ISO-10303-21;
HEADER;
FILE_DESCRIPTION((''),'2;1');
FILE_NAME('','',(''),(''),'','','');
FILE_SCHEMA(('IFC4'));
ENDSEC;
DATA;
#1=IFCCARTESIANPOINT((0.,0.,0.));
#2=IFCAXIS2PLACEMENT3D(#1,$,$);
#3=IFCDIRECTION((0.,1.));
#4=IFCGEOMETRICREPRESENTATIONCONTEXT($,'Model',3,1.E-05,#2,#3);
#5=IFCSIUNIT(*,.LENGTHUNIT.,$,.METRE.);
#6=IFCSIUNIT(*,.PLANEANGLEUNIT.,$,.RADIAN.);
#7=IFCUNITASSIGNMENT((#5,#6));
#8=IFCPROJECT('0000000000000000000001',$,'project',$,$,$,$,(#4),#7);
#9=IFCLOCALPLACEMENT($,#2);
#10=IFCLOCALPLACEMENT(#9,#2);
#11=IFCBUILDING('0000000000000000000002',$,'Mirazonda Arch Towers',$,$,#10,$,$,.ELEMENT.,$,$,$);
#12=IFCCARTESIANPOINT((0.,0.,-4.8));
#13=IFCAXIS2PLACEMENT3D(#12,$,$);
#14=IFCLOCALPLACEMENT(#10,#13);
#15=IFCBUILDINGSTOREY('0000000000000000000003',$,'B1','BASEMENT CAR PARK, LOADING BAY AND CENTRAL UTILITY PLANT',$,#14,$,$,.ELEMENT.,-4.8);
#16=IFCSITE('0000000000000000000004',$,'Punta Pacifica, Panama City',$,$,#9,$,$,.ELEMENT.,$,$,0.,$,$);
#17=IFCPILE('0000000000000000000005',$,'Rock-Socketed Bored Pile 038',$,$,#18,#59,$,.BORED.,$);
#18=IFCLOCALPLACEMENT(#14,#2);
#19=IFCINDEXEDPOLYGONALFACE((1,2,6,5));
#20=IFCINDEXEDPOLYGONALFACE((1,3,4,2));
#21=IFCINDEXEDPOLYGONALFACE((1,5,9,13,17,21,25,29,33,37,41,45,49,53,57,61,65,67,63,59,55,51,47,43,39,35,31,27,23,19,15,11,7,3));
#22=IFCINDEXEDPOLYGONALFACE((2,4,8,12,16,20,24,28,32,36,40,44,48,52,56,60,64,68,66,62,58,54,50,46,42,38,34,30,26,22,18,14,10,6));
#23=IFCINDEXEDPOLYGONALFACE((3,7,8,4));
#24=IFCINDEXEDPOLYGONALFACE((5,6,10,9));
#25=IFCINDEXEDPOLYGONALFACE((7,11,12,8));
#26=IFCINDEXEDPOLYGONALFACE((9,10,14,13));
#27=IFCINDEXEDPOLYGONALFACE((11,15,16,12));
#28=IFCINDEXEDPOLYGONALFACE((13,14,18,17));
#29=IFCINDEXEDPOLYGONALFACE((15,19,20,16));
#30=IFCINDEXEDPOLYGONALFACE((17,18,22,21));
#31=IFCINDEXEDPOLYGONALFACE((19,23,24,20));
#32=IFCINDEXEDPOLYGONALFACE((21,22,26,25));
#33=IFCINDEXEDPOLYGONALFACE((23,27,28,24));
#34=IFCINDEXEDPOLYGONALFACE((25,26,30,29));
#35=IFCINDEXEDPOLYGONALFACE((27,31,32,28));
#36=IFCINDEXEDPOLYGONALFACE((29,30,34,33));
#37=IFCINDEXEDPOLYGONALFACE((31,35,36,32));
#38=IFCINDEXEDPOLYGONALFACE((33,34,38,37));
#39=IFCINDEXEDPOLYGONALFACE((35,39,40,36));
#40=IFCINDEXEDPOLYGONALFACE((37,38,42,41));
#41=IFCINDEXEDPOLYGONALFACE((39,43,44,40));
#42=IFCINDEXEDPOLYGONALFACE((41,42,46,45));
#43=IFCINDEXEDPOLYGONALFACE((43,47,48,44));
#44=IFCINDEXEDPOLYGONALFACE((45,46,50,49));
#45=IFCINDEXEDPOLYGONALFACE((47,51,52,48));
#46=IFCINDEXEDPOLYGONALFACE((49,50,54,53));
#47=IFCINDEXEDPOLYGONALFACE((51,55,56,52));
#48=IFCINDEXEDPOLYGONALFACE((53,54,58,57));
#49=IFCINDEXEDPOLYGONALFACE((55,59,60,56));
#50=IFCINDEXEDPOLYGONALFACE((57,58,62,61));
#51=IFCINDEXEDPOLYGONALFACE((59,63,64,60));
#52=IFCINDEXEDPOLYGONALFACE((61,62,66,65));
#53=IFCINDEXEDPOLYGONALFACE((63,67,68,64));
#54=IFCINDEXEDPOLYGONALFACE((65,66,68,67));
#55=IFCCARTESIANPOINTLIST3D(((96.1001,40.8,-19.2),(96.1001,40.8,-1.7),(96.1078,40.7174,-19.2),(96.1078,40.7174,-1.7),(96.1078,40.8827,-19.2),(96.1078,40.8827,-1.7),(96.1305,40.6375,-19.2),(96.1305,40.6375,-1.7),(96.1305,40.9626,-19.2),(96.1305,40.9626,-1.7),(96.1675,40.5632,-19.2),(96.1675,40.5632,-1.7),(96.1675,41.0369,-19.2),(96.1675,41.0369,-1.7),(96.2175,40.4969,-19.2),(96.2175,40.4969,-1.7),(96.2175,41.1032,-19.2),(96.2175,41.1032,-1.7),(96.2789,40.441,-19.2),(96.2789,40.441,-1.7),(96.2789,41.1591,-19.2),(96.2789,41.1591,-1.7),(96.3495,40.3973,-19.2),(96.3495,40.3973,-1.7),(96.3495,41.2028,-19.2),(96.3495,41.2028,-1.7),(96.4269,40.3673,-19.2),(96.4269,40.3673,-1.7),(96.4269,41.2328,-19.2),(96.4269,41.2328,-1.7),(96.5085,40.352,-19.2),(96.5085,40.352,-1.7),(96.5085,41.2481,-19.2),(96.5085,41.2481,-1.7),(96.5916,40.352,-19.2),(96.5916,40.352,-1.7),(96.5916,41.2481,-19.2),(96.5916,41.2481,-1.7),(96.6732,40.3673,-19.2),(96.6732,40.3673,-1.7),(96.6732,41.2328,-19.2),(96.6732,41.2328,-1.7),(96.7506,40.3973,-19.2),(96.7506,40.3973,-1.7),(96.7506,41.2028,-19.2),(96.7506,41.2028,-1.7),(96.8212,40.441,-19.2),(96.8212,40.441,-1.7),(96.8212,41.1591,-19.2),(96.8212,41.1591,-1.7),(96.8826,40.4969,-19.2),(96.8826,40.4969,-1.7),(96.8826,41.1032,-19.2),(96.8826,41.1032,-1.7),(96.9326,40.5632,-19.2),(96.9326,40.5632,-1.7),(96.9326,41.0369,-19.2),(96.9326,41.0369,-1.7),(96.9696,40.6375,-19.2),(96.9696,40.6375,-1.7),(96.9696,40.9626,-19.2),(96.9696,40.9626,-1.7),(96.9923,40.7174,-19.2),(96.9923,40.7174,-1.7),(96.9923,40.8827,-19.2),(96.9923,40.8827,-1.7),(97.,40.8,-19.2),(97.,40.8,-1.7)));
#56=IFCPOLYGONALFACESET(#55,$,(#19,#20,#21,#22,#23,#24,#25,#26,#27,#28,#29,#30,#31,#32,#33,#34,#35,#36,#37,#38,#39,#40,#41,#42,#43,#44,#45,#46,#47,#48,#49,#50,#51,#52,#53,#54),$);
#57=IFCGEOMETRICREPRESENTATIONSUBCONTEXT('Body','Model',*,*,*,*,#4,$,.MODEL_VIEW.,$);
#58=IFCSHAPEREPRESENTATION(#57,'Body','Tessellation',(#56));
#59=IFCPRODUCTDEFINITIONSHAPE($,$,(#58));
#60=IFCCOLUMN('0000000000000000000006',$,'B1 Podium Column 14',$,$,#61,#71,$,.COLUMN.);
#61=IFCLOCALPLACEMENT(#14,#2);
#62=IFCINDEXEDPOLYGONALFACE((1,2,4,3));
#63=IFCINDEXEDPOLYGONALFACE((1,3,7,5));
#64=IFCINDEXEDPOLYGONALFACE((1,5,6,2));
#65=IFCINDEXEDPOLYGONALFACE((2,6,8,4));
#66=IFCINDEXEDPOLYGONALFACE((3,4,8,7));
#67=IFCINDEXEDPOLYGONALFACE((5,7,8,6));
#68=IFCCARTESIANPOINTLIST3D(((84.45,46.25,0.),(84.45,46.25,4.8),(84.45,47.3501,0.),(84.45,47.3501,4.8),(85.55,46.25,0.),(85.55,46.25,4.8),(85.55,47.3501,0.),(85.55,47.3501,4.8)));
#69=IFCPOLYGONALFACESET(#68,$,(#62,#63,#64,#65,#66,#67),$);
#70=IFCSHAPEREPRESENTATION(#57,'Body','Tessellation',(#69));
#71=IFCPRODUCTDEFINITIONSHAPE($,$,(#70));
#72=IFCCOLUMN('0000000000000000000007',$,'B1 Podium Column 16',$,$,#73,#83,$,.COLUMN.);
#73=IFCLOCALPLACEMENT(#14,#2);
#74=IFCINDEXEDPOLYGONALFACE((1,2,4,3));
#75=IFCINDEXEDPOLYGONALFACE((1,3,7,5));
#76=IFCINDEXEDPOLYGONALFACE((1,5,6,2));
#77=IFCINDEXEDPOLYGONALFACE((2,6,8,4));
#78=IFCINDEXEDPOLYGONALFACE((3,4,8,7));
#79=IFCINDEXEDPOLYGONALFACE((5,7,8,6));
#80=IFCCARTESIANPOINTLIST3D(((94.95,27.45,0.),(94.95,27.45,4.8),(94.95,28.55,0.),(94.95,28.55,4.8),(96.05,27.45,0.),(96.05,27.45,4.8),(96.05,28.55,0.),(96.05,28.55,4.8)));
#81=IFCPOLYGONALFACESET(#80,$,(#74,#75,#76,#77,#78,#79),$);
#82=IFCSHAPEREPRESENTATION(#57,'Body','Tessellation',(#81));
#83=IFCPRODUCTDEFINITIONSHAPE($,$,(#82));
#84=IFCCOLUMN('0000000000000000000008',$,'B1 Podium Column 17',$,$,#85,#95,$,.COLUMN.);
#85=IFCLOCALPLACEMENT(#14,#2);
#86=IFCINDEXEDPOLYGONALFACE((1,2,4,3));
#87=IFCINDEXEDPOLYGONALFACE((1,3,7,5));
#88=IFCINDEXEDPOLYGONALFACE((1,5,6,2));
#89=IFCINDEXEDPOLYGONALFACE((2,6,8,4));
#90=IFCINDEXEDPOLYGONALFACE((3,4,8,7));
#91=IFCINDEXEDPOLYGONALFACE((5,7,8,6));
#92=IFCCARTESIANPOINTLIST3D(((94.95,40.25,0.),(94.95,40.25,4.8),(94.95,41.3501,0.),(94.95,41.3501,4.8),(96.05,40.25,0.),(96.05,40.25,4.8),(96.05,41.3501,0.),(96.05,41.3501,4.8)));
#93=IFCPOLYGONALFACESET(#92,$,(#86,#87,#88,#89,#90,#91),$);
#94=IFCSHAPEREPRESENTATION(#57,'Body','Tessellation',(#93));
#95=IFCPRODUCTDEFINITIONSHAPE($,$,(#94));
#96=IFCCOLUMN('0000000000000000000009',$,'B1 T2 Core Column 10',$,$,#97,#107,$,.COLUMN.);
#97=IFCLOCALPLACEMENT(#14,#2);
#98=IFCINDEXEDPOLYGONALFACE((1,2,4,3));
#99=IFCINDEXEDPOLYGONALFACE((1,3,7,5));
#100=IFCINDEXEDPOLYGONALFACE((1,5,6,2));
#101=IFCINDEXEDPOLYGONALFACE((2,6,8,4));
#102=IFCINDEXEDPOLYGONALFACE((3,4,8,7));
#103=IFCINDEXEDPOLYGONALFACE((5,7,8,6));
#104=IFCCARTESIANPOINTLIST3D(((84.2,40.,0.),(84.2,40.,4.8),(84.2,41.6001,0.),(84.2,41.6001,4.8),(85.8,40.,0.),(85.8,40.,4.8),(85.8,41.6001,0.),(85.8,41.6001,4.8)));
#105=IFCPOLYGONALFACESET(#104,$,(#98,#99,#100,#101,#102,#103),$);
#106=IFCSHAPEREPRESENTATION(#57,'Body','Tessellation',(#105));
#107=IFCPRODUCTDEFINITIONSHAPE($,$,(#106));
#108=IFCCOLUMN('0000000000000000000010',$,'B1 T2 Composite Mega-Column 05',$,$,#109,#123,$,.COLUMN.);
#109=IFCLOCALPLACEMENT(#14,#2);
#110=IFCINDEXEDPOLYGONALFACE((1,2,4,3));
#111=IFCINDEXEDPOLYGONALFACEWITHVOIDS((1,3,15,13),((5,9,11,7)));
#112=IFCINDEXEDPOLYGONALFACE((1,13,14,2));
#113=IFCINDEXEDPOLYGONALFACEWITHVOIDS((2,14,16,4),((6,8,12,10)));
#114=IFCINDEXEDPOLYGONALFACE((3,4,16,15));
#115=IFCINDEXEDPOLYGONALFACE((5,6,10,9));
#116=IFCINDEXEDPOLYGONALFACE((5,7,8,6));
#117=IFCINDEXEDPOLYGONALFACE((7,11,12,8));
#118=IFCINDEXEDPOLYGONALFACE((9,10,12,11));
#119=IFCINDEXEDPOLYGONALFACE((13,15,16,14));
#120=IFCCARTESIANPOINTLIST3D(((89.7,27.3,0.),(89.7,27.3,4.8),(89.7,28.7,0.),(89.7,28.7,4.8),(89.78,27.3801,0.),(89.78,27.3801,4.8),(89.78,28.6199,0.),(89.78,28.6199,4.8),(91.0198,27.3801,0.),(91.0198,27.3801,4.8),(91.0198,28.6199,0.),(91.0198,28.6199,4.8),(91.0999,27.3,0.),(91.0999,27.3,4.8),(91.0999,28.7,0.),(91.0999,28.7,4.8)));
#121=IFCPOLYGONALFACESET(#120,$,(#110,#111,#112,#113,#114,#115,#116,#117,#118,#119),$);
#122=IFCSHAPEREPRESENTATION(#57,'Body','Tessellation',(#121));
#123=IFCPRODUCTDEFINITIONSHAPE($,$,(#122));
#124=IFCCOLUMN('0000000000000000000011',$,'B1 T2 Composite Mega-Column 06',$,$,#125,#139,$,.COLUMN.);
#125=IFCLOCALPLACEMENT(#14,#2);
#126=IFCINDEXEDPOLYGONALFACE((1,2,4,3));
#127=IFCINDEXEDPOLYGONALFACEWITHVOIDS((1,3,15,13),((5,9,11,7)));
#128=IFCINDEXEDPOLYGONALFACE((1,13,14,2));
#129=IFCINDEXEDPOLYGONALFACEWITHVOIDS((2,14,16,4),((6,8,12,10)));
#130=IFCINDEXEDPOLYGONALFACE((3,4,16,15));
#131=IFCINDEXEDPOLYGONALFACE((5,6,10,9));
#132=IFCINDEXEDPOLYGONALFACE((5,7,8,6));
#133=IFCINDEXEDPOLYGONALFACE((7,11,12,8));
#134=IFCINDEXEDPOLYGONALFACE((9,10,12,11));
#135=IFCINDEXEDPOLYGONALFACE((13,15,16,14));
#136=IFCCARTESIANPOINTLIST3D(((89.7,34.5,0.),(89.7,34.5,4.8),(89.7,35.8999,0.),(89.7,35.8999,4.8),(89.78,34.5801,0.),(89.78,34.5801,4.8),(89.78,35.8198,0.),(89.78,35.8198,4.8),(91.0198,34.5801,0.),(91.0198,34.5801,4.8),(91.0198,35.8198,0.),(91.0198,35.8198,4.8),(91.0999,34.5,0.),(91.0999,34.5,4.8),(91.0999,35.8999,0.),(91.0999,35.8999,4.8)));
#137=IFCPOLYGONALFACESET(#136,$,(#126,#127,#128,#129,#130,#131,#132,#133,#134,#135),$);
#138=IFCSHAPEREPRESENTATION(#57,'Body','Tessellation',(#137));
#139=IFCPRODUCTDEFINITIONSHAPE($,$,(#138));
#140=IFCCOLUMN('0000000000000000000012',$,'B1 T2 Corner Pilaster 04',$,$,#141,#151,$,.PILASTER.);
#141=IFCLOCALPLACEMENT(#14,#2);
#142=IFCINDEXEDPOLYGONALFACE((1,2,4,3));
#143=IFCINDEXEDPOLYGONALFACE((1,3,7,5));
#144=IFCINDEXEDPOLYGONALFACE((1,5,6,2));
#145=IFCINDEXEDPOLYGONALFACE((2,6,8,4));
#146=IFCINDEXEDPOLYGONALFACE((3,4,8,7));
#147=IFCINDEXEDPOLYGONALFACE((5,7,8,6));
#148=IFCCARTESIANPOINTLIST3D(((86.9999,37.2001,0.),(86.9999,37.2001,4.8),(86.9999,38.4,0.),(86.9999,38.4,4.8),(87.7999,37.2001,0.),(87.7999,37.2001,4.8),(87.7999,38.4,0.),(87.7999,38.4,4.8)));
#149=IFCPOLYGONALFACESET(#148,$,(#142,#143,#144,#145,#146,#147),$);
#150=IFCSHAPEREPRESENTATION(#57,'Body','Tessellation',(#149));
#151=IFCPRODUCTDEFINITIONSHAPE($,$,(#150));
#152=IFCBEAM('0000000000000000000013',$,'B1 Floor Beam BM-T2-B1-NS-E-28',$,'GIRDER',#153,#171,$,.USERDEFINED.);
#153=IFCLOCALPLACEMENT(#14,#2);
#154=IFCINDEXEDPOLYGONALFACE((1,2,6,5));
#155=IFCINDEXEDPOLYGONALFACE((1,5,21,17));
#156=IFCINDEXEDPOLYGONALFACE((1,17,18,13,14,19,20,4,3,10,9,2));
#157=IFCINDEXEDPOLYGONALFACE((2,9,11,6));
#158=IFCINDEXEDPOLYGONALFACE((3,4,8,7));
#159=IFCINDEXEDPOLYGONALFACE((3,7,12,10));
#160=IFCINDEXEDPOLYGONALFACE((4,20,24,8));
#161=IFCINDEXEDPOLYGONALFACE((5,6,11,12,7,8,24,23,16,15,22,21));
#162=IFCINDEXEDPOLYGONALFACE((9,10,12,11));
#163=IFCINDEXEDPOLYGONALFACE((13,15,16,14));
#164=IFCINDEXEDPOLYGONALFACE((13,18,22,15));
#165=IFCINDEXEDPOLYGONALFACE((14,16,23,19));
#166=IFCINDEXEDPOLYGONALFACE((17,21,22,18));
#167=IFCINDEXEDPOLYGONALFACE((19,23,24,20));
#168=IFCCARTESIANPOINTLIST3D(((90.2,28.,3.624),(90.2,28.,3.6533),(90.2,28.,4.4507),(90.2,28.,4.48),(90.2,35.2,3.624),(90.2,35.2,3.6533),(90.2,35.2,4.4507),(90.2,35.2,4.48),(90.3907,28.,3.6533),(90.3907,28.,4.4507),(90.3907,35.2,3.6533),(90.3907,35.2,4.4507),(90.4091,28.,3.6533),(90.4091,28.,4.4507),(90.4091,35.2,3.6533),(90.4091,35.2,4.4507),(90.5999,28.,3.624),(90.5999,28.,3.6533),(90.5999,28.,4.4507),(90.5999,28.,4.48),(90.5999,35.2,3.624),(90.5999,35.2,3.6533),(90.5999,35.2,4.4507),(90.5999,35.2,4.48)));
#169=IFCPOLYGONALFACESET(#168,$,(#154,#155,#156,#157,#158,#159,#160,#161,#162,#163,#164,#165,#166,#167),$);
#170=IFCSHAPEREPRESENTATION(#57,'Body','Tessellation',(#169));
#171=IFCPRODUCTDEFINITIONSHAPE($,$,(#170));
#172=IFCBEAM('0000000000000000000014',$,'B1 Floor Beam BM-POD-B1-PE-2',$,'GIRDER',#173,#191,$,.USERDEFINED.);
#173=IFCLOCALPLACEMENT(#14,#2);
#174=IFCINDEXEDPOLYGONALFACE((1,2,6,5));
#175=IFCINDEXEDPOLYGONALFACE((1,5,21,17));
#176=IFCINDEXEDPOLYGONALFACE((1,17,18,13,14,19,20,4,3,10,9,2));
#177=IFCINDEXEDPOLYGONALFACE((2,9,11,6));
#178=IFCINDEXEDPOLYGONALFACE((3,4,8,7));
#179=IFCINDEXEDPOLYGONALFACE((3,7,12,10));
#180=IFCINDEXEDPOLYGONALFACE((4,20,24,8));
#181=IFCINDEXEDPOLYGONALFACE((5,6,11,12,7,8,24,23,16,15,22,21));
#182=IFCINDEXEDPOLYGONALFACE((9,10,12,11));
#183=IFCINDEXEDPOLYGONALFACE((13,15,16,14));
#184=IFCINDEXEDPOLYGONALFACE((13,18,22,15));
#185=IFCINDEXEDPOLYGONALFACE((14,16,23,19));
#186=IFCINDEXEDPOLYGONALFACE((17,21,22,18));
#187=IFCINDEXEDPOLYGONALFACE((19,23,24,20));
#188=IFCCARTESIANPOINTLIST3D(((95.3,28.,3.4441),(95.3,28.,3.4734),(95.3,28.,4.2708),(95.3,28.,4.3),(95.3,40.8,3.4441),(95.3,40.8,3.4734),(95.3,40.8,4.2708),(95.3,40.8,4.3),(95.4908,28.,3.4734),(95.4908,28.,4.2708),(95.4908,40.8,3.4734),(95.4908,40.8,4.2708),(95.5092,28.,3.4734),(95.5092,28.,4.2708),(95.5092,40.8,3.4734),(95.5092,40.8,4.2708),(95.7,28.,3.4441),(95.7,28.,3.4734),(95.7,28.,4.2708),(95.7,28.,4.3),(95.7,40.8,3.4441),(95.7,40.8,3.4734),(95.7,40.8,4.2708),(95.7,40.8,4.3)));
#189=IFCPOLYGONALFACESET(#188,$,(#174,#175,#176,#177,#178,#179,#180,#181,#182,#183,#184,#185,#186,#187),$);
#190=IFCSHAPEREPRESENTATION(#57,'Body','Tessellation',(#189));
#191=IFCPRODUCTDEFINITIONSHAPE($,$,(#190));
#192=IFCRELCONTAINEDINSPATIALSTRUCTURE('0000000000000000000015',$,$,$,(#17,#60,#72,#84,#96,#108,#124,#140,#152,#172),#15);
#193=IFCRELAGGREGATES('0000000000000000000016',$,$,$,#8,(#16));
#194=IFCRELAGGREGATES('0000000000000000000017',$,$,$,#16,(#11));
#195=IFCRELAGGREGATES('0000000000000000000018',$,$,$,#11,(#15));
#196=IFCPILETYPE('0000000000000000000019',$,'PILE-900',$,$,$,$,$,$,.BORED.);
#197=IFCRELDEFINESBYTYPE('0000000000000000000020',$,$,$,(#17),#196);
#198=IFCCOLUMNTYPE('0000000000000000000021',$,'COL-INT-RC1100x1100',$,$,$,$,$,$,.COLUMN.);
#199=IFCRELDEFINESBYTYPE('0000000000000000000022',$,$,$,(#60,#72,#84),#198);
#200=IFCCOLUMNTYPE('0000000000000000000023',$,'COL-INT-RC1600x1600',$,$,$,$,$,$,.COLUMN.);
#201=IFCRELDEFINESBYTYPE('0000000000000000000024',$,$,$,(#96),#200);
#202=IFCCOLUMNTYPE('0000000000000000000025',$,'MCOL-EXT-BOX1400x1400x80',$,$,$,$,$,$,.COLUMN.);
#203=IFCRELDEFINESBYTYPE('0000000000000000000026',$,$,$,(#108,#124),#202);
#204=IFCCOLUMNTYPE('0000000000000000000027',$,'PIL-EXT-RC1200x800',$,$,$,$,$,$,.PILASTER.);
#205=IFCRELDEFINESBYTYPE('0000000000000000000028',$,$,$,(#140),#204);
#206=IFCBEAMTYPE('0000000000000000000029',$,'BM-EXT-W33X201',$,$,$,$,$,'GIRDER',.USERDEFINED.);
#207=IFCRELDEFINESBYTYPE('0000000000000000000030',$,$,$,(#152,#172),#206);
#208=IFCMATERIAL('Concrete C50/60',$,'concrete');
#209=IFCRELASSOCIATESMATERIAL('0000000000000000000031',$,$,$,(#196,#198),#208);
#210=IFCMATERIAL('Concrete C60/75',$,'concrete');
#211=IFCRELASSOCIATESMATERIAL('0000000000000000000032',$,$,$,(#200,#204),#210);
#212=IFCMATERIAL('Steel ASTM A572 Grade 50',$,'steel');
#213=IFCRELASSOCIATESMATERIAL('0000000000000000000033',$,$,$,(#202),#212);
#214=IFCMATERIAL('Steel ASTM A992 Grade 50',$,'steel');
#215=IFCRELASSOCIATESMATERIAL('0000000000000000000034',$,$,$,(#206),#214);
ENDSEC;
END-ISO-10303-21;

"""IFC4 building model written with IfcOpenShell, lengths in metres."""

from ifc_helpers import new_model, si_unit, direction, frame, origin, origin_2d, place, context, subcontext, project, spatial, rectangle, hollow_rectangle, circle, i_section, extrude, material, material_profile, profile_set, type_object, element, save


model = new_model("IFC4")

# Units and contexts
model_context = context("Model", 3, precision=1e-05, world=origin(), true_north=direction((0.0, 1.0)))
body_context = subcontext(model_context, "Body", "Model", "MODEL_VIEW")
ifc_project = project(units=[si_unit("LENGTHUNIT", "METRE"), si_unit("PLANEANGLEUNIT", "RADIAN")], contexts=[model_context])

# Site, building, storey
site_placement = place(None, origin())
site = spatial("IfcSite", under=ifc_project, at=site_placement, Name="Punta Pacifica, Panama City", CompositionType="ELEMENT", RefElevation=0.0)
building_placement = place(site_placement, origin())
building = spatial("IfcBuilding", under=site, at=building_placement, Name="Mirazonda Arch Towers", CompositionType="ELEMENT")
storey_placement = place(building_placement, frame((0.0, 0.0, -4.8)))
storey = spatial("IfcBuildingStorey", under=building, at=storey_placement, Name="B1", Description="BASEMENT CAR PARK, LOADING BAY AND CENTRAL UTILITY PLANT", CompositionType="ELEMENT", Elevation=-4.8)

# Pile
ifc_material_1 = material(Name="Concrete C50/60", Category="concrete")
ifc_material_profile_1 = material_profile(ifc_material_1, circle(Radius=0.45, at=origin_2d()), Name="BORED-D900")
ifc_profile_set_1 = profile_set([ifc_material_profile_1], Name="Concrete C50/60")
pile_type_1 = type_object("IfcPileType", Name="PILE-900", PredefinedType="BORED", material=ifc_profile_set_1)
for number, where, z_axis, x_axis, name in (
    (1, (96.55, 40.8, -1.7), (0.0, 0.0, -1.0), (1.0, 0.0, 0.0), "Rock-Socketed Bored Pile 038"),
):
    element("IfcPile", number, at=place(storey_placement, frame(where, z_axis=z_axis, x_axis=x_axis)), inside=storey, type_object=pile_type_1, Name=name, PredefinedType="BORED", context=body_context, shape_type="SweptSolid", body=[
        extrude(circle(Radius=0.45, at=origin_2d()), origin(), (0.0, 0.0, 1.0), 17.5),
    ])

# Columns
ifc_material_profile_2 = material_profile(ifc_material_1, rectangle(XDim=1.1001, YDim=1.1001, at=origin_2d()), Name="RC1100x1100")
ifc_profile_set_2 = profile_set([ifc_material_profile_2], Name="Concrete C50/60")
column_type_1 = type_object("IfcColumnType", Name="COL-INT-RC1100x1100", PredefinedType="COLUMN", material=ifc_profile_set_2)
for number, where, z_axis, x_axis, name in (
    (2, (85.0, 46.8, 0.0), (0.0, 0.0, 1.0), (1.0, 0.0, 0.0), "B1 Podium Column 14"),
    (3, (95.5, 28.0, 0.0), (0.0, 0.0, 1.0), (1.0, 0.0, 0.0), "B1 Podium Column 16"),
    (4, (95.5, 40.8, 0.0), (0.0, 0.0, 1.0), (1.0, 0.0, 0.0), "B1 Podium Column 17"),
):
    element("IfcColumn", number, at=place(storey_placement, frame(where, z_axis=z_axis, x_axis=x_axis)), inside=storey, type_object=column_type_1, Name=name, PredefinedType="COLUMN", context=body_context, shape_type="SweptSolid", body=[
        extrude(rectangle(XDim=1.1001, YDim=1.1001, at=origin_2d()), origin(), (0.0, 0.0, 1.0), 4.8),
    ])
ifc_material_2 = material(Name="Concrete C60/75", Category="concrete")
ifc_material_profile_3 = material_profile(ifc_material_2, rectangle(XDim=1.6001, YDim=1.6001, at=origin_2d()), Name="RC1600x1600")
ifc_profile_set_3 = profile_set([ifc_material_profile_3], Name="Concrete C60/75")
column_type_2 = type_object("IfcColumnType", Name="COL-INT-RC1600x1600", PredefinedType="COLUMN", material=ifc_profile_set_3)
column_1_placement = place(storey_placement, frame((85.0, 40.8, 0.0), z_axis=(0.0, 0.0, 1.0), x_axis=(1.0, 0.0, 0.0)))
element("IfcColumn", 5, at=column_1_placement, inside=storey, type_object=column_type_2, Name="B1 T2 Core Column 10", PredefinedType="COLUMN", context=body_context, shape_type="SweptSolid", body=[
    extrude(rectangle(XDim=1.6001, YDim=1.6001, at=origin_2d()), origin(), (0.0, 0.0, 1.0), 4.8),
])
ifc_material_3 = material(Name="Steel ASTM A572 Grade 50", Category="steel")
ifc_material_profile_4 = material_profile(ifc_material_3, hollow_rectangle(XDim=1.3999, YDim=1.3999, WallThickness=0.0801, at=origin_2d()), Name="BOX1400x1400x80")
ifc_profile_set_4 = profile_set([ifc_material_profile_4], Name="Steel ASTM A572 Grade 50")
column_type_3 = type_object("IfcColumnType", Name="MCOL-EXT-BOX1400x1400x80", PredefinedType="COLUMN", material=ifc_profile_set_4)
for number, where, z_axis, x_axis, name in (
    (6, (90.3999, 28.0, 0.0), (0.0, 0.0, 1.0), (1.0, 0.0, 0.0), "B1 T2 Composite Mega-Column 05"),
    (7, (90.3999, 35.2, 0.0), (0.0, 0.0, 1.0), (1.0, 0.0, 0.0), "B1 T2 Composite Mega-Column 06"),
):
    element("IfcColumn", number, at=place(storey_placement, frame(where, z_axis=z_axis, x_axis=x_axis)), inside=storey, type_object=column_type_3, Name=name, PredefinedType="COLUMN", context=body_context, shape_type="SweptSolid", body=[
        extrude(hollow_rectangle(XDim=1.3999, YDim=1.3999, WallThickness=0.0801, at=origin_2d()), origin(), (0.0, 0.0, 1.0), 4.8),
    ])
ifc_material_profile_5 = material_profile(ifc_material_2, rectangle(XDim=0.8, YDim=1.2, at=origin_2d()), Name="RC1200x800")
ifc_profile_set_5 = profile_set([ifc_material_profile_5], Name="Concrete C60/75")
column_type_4 = type_object("IfcColumnType", Name="PIL-EXT-RC1200x800", PredefinedType="PILASTER", material=ifc_profile_set_5)
column_2_placement = place(storey_placement, frame((87.3999, 37.8, 0.0), z_axis=(0.0, 0.0, 1.0), x_axis=(1.0, 0.0, 0.0)))
element("IfcColumn", 8, at=column_2_placement, inside=storey, type_object=column_type_4, Name="B1 T2 Corner Pilaster 04", PredefinedType="PILASTER", context=body_context, shape_type="SweptSolid", body=[
    extrude(rectangle(XDim=0.8, YDim=1.2, at=origin_2d()), origin(), (0.0, 0.0, 1.0), 4.8),
])

# Beams
ifc_material_4 = material(Name="Steel ASTM A992 Grade 50", Category="steel")
ifc_material_profile_6 = material_profile(ifc_material_4, i_section(OverallWidth=0.3999, OverallDepth=0.856, WebThickness=0.0183, FlangeThickness=0.0293, at=origin_2d()), Name="W33X201")
ifc_profile_set_6 = profile_set([ifc_material_profile_6], Name="Steel ASTM A992 Grade 50")
beam_type_1 = type_object("IfcBeamType", Name="BM-EXT-W33X201", ElementType="GIRDER", PredefinedType="USERDEFINED", material=ifc_profile_set_6)
beam_1_placement = place(storey_placement, frame((90.3999, 28.0, 4.052), z_axis=(0.0, 1.0, 0.0), x_axis=(-1.0, 0.0, 0.0)))
element("IfcBeam", 9, at=beam_1_placement, inside=storey, type_object=beam_type_1, Name="B1 Floor Beam BM-T2-B1-NS-E-28", ObjectType="GIRDER", PredefinedType="USERDEFINED", context=body_context, shape_type="SweptSolid", body=[
    extrude(i_section(OverallWidth=0.3999, OverallDepth=0.856, WebThickness=0.0183, FlangeThickness=0.0293, at=origin_2d()), origin(), (0.0, 0.0, 1.0), 7.2),
])
beam_2_placement = place(storey_placement, frame((95.5, 28.0, 3.8721), z_axis=(0.0, 1.0, 0.0), x_axis=(-1.0, 0.0, 0.0)))
element("IfcBeam", 10, at=beam_2_placement, inside=storey, type_object=beam_type_1, Name="B1 Floor Beam BM-POD-B1-PE-2", ObjectType="GIRDER", PredefinedType="USERDEFINED", context=body_context, shape_type="SweptSolid", body=[
    extrude(i_section(OverallWidth=0.3999, OverallDepth=0.856, WebThickness=0.0183, FlangeThickness=0.0293, at=origin_2d()), origin(), (0.0, 0.0, 1.0), 12.8),
])

save(model, "model.ifc")
